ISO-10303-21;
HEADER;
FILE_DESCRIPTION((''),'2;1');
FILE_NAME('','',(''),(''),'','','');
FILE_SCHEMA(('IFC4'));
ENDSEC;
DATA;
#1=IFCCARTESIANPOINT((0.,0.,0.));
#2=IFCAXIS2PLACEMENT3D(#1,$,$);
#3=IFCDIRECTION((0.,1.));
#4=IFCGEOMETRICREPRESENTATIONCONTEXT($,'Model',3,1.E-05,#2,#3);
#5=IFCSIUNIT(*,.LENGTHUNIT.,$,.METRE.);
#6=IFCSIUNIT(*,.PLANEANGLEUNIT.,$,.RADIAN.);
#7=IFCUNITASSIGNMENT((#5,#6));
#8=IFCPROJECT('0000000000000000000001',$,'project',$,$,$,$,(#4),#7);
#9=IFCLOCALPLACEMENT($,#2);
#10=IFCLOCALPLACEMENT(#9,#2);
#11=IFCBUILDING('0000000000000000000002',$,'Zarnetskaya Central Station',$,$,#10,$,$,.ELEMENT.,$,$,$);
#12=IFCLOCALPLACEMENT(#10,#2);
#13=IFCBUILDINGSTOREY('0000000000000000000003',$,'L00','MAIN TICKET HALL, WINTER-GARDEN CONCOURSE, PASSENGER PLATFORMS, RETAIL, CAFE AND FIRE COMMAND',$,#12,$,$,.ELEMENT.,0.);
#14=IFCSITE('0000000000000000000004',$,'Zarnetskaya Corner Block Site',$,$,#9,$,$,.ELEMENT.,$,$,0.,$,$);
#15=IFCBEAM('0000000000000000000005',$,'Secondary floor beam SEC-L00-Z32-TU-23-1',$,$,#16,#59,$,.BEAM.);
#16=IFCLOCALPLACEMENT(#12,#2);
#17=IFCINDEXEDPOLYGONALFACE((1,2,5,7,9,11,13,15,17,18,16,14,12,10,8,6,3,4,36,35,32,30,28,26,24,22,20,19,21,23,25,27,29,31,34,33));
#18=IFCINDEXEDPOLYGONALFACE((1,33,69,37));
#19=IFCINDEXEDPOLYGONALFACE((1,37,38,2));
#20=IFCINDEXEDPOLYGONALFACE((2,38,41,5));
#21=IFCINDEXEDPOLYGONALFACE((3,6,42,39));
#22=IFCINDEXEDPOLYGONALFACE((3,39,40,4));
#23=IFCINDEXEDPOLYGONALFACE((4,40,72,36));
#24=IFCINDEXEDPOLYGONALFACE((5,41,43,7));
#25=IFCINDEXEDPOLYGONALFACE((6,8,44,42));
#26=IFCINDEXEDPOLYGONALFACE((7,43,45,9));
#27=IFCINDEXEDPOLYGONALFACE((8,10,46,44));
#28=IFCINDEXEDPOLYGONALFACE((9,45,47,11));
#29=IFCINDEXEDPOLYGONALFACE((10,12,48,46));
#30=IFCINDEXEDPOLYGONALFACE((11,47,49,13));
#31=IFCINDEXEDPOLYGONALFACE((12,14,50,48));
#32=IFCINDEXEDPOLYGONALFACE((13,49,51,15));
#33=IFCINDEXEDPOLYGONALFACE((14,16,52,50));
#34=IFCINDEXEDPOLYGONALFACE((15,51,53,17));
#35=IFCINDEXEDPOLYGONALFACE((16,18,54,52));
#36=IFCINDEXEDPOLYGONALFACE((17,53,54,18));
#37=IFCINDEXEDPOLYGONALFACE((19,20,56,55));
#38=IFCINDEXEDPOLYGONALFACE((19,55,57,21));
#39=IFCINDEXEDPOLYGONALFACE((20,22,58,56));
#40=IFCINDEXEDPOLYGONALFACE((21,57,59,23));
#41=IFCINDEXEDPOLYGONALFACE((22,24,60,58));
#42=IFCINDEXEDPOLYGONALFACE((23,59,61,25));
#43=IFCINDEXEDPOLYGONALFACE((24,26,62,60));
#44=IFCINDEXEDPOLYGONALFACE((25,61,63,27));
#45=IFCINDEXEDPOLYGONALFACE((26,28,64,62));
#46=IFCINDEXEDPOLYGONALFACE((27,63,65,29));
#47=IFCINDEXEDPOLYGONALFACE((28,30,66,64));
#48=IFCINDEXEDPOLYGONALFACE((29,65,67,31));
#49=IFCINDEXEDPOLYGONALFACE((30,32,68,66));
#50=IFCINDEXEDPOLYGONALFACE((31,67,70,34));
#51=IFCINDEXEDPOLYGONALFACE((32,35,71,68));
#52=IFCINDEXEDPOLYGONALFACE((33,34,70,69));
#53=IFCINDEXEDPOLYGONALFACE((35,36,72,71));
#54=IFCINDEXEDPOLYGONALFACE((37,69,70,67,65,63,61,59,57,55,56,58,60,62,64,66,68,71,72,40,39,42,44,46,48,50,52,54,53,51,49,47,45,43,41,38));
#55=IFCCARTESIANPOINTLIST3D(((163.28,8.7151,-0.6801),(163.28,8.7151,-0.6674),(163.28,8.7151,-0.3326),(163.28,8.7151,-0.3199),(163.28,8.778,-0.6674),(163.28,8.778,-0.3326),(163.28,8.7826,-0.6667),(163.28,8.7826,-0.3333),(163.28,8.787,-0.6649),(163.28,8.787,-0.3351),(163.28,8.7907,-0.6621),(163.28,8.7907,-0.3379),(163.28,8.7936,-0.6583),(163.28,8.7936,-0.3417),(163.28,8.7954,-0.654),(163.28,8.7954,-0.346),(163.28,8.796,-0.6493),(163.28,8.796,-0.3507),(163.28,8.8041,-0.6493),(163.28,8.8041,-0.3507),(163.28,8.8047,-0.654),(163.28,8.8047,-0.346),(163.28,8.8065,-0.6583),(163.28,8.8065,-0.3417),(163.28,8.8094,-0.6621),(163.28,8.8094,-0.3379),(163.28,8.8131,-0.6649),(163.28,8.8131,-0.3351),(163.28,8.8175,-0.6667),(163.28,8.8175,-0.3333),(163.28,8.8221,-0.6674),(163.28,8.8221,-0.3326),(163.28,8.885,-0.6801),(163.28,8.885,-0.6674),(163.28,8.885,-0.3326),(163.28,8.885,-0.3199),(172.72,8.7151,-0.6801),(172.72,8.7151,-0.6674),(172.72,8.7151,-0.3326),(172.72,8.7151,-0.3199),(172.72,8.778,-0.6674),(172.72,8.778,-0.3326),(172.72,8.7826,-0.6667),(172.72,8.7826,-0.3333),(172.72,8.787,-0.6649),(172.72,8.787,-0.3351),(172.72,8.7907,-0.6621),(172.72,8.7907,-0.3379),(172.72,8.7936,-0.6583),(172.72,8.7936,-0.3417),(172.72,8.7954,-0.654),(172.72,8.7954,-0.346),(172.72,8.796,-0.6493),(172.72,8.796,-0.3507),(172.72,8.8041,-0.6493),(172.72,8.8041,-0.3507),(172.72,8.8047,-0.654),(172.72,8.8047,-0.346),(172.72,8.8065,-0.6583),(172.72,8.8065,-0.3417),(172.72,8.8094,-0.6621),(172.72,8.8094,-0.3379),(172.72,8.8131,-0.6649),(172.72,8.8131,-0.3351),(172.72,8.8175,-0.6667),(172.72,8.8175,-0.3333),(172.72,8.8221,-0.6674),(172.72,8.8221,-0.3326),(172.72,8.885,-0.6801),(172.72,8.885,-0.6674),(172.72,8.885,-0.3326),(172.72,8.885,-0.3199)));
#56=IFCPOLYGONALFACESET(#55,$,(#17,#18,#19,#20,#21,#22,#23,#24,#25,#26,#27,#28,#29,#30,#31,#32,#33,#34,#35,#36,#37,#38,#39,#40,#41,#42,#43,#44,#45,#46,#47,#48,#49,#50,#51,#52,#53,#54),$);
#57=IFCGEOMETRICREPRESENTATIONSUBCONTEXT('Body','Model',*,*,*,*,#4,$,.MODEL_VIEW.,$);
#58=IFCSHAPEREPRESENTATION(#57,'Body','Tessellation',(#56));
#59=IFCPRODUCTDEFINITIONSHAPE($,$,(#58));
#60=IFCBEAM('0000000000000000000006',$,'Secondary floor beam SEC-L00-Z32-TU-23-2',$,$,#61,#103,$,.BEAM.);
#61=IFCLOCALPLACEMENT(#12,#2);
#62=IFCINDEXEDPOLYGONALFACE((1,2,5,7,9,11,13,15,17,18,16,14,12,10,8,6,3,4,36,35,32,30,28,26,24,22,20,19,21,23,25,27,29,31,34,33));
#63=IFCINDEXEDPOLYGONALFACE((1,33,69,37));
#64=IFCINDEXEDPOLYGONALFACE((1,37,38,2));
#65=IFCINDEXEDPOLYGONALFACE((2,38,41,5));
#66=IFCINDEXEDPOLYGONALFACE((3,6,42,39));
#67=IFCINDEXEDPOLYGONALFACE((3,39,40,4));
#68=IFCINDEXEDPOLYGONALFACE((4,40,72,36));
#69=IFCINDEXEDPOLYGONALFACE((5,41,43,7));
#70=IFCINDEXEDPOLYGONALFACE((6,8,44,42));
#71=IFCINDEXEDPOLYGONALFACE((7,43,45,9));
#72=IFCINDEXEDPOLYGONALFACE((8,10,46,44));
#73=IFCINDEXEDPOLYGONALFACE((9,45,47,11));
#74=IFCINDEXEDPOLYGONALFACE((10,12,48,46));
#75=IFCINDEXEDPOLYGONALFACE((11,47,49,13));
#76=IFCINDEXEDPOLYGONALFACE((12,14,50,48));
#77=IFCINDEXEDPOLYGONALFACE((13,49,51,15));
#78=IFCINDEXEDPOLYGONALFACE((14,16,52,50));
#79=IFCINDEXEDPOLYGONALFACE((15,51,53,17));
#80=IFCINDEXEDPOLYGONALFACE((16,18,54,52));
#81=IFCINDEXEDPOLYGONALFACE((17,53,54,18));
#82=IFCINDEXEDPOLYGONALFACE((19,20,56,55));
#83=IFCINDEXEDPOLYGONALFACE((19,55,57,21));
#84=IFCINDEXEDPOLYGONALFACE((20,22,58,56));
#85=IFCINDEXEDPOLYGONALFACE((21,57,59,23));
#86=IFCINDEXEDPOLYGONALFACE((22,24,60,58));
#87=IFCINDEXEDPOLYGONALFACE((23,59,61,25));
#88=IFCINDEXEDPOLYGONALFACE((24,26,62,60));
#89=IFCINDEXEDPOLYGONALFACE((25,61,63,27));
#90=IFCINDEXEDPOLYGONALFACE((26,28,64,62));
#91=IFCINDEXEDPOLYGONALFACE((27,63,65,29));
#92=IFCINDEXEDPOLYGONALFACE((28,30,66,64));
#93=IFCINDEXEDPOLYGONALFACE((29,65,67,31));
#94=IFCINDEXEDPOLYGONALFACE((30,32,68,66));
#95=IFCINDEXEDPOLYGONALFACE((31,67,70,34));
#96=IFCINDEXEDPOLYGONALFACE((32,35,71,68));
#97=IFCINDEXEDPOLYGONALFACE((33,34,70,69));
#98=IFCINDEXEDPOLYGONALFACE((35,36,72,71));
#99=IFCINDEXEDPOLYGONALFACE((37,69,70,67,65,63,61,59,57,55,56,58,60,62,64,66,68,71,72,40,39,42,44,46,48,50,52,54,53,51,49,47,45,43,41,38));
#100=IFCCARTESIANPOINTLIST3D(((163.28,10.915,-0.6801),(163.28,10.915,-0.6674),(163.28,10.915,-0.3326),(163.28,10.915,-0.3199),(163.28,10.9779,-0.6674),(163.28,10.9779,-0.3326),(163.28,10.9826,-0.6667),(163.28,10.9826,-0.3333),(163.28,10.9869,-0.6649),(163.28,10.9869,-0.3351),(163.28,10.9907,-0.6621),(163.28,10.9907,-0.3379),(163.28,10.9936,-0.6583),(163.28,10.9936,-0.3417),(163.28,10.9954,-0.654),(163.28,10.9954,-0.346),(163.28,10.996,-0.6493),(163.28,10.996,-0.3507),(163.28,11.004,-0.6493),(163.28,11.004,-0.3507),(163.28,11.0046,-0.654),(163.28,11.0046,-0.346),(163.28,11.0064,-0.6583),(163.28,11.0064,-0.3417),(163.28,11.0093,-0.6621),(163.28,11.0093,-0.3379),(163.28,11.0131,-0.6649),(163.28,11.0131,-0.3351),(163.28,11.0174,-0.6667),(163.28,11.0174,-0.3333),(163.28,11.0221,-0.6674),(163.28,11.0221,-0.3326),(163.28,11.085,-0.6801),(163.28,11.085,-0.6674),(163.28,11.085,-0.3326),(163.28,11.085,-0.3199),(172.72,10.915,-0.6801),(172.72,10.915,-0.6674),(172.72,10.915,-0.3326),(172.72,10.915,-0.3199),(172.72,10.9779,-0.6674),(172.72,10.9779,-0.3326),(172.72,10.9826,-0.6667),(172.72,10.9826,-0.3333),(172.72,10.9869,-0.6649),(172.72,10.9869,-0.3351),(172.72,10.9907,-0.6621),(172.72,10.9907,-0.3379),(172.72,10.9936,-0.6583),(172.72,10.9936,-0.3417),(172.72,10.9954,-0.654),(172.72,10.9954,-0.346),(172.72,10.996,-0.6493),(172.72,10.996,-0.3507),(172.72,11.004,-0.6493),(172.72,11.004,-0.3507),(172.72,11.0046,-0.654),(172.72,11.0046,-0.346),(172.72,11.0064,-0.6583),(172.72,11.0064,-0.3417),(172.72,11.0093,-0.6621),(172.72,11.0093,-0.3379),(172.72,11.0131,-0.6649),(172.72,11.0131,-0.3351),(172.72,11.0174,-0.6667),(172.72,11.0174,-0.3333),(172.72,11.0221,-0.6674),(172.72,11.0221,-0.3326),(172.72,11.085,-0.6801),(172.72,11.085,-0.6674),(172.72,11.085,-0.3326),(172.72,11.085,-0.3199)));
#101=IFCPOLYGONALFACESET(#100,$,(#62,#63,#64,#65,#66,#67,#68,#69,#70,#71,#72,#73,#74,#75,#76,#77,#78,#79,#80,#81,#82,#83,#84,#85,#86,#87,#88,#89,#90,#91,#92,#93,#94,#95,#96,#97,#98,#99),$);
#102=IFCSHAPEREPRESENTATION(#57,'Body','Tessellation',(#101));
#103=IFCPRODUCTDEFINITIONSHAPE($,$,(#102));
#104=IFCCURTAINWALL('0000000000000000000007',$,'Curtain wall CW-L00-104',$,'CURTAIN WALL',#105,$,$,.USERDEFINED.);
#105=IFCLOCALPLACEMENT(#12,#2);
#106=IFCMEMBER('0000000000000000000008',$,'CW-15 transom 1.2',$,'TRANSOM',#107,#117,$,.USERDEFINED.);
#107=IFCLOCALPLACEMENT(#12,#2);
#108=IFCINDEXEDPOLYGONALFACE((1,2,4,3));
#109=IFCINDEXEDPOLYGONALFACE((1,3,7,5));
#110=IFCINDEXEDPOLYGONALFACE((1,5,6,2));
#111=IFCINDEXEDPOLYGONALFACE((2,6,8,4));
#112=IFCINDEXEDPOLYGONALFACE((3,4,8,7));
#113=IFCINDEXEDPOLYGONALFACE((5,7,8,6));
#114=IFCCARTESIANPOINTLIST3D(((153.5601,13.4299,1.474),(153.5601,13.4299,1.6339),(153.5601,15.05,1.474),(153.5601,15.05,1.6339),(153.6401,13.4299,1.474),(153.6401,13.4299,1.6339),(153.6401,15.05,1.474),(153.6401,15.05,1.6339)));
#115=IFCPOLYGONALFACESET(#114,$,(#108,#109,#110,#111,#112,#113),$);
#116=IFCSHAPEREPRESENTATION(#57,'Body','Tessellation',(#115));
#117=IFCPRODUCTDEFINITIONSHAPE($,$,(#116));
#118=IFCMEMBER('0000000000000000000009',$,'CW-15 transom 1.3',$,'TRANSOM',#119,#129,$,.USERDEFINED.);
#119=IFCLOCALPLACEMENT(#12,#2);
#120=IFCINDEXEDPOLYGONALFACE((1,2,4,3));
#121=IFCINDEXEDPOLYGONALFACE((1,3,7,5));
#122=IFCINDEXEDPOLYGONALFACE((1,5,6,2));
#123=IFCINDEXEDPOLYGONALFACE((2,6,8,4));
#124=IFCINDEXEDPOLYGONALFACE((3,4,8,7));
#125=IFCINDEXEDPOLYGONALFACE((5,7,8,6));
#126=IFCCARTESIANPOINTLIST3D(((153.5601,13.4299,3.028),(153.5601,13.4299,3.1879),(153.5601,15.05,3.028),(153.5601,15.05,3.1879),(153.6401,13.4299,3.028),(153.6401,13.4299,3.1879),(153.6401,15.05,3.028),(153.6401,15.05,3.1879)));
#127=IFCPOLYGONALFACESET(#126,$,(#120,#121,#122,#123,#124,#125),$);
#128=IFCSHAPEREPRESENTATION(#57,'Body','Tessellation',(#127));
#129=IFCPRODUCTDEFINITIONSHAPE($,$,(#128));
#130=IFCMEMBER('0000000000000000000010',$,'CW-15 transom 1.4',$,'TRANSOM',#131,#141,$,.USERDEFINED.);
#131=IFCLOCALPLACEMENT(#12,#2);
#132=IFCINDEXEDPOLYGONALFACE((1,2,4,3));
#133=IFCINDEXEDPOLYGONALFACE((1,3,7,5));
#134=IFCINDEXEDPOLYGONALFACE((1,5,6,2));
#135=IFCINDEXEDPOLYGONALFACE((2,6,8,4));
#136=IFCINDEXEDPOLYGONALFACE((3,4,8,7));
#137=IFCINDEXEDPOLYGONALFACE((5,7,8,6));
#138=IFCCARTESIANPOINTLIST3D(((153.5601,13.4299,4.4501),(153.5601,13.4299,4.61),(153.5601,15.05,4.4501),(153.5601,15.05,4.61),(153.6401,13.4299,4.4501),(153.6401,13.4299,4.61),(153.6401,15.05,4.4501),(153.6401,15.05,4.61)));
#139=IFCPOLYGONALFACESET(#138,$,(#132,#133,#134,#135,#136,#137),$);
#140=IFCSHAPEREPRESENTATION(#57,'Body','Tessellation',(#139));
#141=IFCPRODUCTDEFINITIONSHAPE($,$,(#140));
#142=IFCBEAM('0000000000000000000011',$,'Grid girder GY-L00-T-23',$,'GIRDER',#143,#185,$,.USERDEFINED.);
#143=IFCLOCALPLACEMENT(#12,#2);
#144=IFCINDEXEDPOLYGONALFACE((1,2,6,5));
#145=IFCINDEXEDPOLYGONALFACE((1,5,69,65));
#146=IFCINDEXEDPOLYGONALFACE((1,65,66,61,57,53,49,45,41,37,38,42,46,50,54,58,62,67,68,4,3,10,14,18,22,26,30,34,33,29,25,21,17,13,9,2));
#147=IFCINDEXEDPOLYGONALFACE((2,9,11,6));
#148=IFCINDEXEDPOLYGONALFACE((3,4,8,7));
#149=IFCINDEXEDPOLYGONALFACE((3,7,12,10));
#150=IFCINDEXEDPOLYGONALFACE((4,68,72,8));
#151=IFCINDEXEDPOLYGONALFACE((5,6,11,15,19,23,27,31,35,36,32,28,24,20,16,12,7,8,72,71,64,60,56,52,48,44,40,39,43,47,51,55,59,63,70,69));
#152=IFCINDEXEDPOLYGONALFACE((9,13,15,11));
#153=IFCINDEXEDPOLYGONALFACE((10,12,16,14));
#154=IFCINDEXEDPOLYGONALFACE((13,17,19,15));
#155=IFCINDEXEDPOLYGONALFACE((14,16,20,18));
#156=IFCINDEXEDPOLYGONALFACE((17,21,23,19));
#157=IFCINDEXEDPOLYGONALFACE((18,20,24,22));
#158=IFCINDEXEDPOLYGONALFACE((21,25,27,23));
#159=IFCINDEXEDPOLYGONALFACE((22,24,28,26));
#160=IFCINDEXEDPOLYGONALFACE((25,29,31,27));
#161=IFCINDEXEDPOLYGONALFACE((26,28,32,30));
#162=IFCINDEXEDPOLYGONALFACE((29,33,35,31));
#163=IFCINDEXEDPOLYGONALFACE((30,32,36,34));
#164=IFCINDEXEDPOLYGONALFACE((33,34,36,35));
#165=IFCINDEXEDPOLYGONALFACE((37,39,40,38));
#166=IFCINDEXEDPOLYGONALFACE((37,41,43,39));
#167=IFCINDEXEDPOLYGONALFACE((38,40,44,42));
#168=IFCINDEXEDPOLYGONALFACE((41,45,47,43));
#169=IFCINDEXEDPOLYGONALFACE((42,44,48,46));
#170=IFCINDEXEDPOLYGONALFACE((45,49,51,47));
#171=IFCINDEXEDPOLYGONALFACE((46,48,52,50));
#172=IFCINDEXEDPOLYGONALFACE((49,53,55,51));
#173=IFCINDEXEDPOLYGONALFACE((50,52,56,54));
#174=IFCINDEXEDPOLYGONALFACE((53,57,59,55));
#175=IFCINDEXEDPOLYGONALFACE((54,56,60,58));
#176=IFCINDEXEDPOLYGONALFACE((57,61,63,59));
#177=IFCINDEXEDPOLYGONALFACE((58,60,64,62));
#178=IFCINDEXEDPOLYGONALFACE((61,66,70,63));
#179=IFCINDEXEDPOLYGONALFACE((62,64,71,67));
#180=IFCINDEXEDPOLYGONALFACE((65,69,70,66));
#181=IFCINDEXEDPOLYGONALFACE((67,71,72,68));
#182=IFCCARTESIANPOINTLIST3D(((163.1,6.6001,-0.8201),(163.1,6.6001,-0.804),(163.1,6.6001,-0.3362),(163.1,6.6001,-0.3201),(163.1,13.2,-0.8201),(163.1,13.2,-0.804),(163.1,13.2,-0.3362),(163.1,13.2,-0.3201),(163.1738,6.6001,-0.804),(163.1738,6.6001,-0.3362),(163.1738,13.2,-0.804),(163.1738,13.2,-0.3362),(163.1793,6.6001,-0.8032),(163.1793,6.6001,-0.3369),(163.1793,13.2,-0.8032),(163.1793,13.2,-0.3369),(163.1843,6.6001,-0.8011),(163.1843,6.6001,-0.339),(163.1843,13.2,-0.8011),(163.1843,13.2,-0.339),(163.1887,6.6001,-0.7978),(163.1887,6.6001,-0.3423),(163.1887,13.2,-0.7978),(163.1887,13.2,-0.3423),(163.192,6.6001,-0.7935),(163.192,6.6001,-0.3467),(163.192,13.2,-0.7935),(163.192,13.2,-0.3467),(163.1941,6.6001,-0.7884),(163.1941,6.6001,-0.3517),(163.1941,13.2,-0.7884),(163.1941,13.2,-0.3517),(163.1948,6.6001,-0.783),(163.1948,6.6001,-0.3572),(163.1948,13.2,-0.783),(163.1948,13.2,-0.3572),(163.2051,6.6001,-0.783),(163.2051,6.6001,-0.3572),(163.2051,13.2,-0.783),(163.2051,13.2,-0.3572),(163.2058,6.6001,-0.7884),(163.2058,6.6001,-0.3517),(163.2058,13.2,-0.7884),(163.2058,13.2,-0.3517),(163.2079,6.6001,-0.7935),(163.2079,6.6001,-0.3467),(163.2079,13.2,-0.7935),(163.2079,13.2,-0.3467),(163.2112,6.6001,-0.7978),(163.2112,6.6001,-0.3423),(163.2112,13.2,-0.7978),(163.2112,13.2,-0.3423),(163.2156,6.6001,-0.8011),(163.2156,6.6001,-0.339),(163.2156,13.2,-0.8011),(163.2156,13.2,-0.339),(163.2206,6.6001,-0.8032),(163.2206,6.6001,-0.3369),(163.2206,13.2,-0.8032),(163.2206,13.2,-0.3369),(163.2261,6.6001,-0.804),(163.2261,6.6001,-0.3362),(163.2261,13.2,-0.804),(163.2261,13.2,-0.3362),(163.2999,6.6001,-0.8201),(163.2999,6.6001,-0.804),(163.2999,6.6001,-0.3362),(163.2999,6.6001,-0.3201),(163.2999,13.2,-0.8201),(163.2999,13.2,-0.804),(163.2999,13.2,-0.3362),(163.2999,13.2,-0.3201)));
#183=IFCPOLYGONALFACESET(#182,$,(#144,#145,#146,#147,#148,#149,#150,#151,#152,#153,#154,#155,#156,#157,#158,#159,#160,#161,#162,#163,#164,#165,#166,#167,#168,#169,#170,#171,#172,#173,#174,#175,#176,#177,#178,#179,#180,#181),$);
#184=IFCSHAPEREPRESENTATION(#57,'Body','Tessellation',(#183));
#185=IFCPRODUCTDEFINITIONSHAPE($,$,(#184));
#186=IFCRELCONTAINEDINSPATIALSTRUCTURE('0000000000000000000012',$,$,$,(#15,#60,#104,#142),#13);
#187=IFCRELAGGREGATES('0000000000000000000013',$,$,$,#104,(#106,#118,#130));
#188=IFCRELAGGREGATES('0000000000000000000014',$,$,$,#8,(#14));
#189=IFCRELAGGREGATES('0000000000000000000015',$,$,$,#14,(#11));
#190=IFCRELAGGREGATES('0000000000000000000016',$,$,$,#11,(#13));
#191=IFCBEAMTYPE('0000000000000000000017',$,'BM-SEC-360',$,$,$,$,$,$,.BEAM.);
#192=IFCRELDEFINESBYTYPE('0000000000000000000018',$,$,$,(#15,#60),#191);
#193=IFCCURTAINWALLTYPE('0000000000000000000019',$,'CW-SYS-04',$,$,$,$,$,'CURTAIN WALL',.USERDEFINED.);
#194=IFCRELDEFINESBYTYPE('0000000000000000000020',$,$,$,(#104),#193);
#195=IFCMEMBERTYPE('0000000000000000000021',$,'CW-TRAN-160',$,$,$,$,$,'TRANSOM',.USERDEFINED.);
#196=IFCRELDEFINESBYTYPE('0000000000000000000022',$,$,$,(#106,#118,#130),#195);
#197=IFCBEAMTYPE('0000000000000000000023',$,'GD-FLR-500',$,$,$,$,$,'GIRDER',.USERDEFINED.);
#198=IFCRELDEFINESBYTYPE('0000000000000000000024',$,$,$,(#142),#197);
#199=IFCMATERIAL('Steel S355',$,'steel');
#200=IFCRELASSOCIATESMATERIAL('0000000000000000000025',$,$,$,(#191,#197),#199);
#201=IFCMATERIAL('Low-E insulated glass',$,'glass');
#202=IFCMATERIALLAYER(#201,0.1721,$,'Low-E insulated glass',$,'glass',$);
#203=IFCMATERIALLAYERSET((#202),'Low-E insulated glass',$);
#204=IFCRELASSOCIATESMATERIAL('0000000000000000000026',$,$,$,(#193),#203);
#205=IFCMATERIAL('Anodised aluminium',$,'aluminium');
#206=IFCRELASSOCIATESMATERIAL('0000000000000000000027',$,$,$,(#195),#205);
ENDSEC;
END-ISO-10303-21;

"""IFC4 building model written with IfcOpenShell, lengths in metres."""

from ifc_helpers import new_model, si_unit, direction, frame, origin, origin_2d, place, context, subcontext, project, spatial, rectangle, i_section, extrude, material, layer, layer_set, material_profile, profile_set, type_object, element, aggregate, save


model = new_model("IFC4")

# Units and contexts
model_context = context("Model", 3, precision=1e-05, world=origin(), true_north=direction((0.0, 1.0)))
body_context = subcontext(model_context, "Body", "Model", "MODEL_VIEW")
ifc_project = project(units=[si_unit("LENGTHUNIT", "METRE"), si_unit("PLANEANGLEUNIT", "RADIAN")], contexts=[model_context])

# Site, building, storey
site_placement = place(None, origin())
site = spatial("IfcSite", under=ifc_project, at=site_placement, Name="Zarnetskaya Corner Block Site", CompositionType="ELEMENT", RefElevation=0.0)
building_placement = place(site_placement, origin())
building = spatial("IfcBuilding", under=site, at=building_placement, Name="Zarnetskaya Central Station", CompositionType="ELEMENT")
storey_placement = place(building_placement, origin())
storey = spatial("IfcBuildingStorey", under=building, at=storey_placement, Name="L00", Description="MAIN TICKET HALL, WINTER-GARDEN CONCOURSE, PASSENGER PLATFORMS, RETAIL, CAFE AND FIRE COMMAND", CompositionType="ELEMENT", Elevation=0.0)

# Shared definitions
ifc_material_1 = material(Name="Steel S355", Category="steel")

# Beams
ifc_material_profile_1 = material_profile(ifc_material_1, i_section(OverallWidth=0.1699, OverallDepth=0.3601, WebThickness=0.0081, FlangeThickness=0.0127, FilletRadius=0.0181, at=origin_2d()), Name="IPE 360")
ifc_profile_set_1 = profile_set([ifc_material_profile_1], Name="Steel S355")
beam_type_1 = type_object("IfcBeamType", Name="BM-SEC-360", PredefinedType="BEAM", material=ifc_profile_set_1)
for number, where, z_axis, x_axis, name in (
    (1, (163.28, 8.8, -0.5), (1.0, 0.0, 0.0), (0.0, 1.0, 0.0), "Secondary floor beam SEC-L00-Z32-TU-23-1"),
    (2, (163.28, 11.0, -0.5), (1.0, 0.0, 0.0), (0.0, 1.0, 0.0), "Secondary floor beam SEC-L00-Z32-TU-23-2"),
):
    element("IfcBeam", number, at=place(storey_placement, frame(where, z_axis=z_axis, x_axis=x_axis)), inside=storey, type_object=beam_type_1, Name=name, PredefinedType="BEAM", context=body_context, shape_type="SweptSolid", body=[
        extrude(i_section(OverallWidth=0.1699, OverallDepth=0.3601, WebThickness=0.0081, FlangeThickness=0.0127, FilletRadius=0.0181, at=origin_2d()), origin(), (0.0, 0.0, 1.0), 9.4399),
    ])

# Curtain wall, members
ifc_material_2 = material(Name="Low-E insulated glass", Category="glass")
ifc_layer_1 = layer(ifc_material_2, 0.1721, Name="Low-E insulated glass", Category="glass")
ifc_layer_set_1 = layer_set([ifc_layer_1], Name="Low-E insulated glass")
curtain_wall_type = type_object("IfcCurtainWallType", Name="CW-SYS-04", ElementType="CURTAIN WALL", PredefinedType="USERDEFINED", material=ifc_layer_set_1)
curtain_wall_placement = place(storey_placement, origin())
curtain_wall = element("IfcCurtainWall", 3, at=curtain_wall_placement, inside=storey, type_object=curtain_wall_type, Name="Curtain wall CW-L00-104", ObjectType="CURTAIN WALL", PredefinedType="USERDEFINED")
ifc_material_3 = material(Name="Anodised aluminium", Category="aluminium")
ifc_material_profile_2 = material_profile(ifc_material_3, rectangle(XDim=0.0801, YDim=0.1599, at=origin_2d()), Name="ALU TRAN 80x160")
ifc_profile_set_2 = profile_set([ifc_material_profile_2], Name="Anodised aluminium")
member_type = type_object("IfcMemberType", Name="CW-TRAN-160", ElementType="TRANSOM", PredefinedType="USERDEFINED", material=ifc_profile_set_2)
member_1_placement = place(storey_placement, frame((153.6001, 13.4299, 1.554), z_axis=(0.0, 1.0, 0.0), x_axis=(-1.0, 0.0, 0.0)))
member_1 = element("IfcMember", 4, at=member_1_placement, type_object=member_type, Name="CW-15 transom 1.2", ObjectType="TRANSOM", PredefinedType="USERDEFINED", context=body_context, shape_type="SweptSolid", body=[
    extrude(rectangle(XDim=0.0801, YDim=0.1599, at=origin_2d()), origin(), (0.0, 0.0, 1.0), 1.6201),
])
member_2_placement = place(storey_placement, frame((153.6001, 13.4299, 3.1079), z_axis=(0.0, 1.0, 0.0), x_axis=(-1.0, 0.0, 0.0)))
member_2 = element("IfcMember", 5, at=member_2_placement, type_object=member_type, Name="CW-15 transom 1.3", ObjectType="TRANSOM", PredefinedType="USERDEFINED", context=body_context, shape_type="SweptSolid", body=[
    extrude(rectangle(XDim=0.0801, YDim=0.1599, at=origin_2d()), origin(), (0.0, 0.0, 1.0), 1.6201),
])
member_3_placement = place(storey_placement, frame((153.6001, 13.4299, 4.53), z_axis=(0.0, 1.0, 0.0), x_axis=(-1.0, 0.0, 0.0)))
member_3 = element("IfcMember", 6, at=member_3_placement, type_object=member_type, Name="CW-15 transom 1.4", ObjectType="TRANSOM", PredefinedType="USERDEFINED", context=body_context, shape_type="SweptSolid", body=[
    extrude(rectangle(XDim=0.0801, YDim=0.1599, at=origin_2d()), origin(), (0.0, 0.0, 1.0), 1.6201),
])
aggregate(curtain_wall, [member_1, member_2, member_3])

# Beam
ifc_material_profile_3 = material_profile(ifc_material_1, i_section(OverallWidth=0.2, OverallDepth=0.5, WebThickness=0.0103, FlangeThickness=0.0161, FilletRadius=0.021, at=origin_2d()), Name="IPE 500")
ifc_profile_set_3 = profile_set([ifc_material_profile_3], Name="Steel S355")
beam_type_2 = type_object("IfcBeamType", Name="GD-FLR-500", ElementType="GIRDER", PredefinedType="USERDEFINED", material=ifc_profile_set_3)
beam_1_placement = place(storey_placement, frame((163.2, 6.6001, -0.5701), z_axis=(0.0, 1.0, 0.0), x_axis=(-1.0, 0.0, 0.0)))
element("IfcBeam", 7, at=beam_1_placement, inside=storey, type_object=beam_type_2, Name="Grid girder GY-L00-T-23", ObjectType="GIRDER", PredefinedType="USERDEFINED", context=body_context, shape_type="SweptSolid", body=[
    extrude(i_section(OverallWidth=0.2, OverallDepth=0.5, WebThickness=0.0103, FlangeThickness=0.0161, FilletRadius=0.021, at=origin_2d()), origin(), (0.0, 0.0, 1.0), 6.5999),
])

save(model, "model.ifc")
